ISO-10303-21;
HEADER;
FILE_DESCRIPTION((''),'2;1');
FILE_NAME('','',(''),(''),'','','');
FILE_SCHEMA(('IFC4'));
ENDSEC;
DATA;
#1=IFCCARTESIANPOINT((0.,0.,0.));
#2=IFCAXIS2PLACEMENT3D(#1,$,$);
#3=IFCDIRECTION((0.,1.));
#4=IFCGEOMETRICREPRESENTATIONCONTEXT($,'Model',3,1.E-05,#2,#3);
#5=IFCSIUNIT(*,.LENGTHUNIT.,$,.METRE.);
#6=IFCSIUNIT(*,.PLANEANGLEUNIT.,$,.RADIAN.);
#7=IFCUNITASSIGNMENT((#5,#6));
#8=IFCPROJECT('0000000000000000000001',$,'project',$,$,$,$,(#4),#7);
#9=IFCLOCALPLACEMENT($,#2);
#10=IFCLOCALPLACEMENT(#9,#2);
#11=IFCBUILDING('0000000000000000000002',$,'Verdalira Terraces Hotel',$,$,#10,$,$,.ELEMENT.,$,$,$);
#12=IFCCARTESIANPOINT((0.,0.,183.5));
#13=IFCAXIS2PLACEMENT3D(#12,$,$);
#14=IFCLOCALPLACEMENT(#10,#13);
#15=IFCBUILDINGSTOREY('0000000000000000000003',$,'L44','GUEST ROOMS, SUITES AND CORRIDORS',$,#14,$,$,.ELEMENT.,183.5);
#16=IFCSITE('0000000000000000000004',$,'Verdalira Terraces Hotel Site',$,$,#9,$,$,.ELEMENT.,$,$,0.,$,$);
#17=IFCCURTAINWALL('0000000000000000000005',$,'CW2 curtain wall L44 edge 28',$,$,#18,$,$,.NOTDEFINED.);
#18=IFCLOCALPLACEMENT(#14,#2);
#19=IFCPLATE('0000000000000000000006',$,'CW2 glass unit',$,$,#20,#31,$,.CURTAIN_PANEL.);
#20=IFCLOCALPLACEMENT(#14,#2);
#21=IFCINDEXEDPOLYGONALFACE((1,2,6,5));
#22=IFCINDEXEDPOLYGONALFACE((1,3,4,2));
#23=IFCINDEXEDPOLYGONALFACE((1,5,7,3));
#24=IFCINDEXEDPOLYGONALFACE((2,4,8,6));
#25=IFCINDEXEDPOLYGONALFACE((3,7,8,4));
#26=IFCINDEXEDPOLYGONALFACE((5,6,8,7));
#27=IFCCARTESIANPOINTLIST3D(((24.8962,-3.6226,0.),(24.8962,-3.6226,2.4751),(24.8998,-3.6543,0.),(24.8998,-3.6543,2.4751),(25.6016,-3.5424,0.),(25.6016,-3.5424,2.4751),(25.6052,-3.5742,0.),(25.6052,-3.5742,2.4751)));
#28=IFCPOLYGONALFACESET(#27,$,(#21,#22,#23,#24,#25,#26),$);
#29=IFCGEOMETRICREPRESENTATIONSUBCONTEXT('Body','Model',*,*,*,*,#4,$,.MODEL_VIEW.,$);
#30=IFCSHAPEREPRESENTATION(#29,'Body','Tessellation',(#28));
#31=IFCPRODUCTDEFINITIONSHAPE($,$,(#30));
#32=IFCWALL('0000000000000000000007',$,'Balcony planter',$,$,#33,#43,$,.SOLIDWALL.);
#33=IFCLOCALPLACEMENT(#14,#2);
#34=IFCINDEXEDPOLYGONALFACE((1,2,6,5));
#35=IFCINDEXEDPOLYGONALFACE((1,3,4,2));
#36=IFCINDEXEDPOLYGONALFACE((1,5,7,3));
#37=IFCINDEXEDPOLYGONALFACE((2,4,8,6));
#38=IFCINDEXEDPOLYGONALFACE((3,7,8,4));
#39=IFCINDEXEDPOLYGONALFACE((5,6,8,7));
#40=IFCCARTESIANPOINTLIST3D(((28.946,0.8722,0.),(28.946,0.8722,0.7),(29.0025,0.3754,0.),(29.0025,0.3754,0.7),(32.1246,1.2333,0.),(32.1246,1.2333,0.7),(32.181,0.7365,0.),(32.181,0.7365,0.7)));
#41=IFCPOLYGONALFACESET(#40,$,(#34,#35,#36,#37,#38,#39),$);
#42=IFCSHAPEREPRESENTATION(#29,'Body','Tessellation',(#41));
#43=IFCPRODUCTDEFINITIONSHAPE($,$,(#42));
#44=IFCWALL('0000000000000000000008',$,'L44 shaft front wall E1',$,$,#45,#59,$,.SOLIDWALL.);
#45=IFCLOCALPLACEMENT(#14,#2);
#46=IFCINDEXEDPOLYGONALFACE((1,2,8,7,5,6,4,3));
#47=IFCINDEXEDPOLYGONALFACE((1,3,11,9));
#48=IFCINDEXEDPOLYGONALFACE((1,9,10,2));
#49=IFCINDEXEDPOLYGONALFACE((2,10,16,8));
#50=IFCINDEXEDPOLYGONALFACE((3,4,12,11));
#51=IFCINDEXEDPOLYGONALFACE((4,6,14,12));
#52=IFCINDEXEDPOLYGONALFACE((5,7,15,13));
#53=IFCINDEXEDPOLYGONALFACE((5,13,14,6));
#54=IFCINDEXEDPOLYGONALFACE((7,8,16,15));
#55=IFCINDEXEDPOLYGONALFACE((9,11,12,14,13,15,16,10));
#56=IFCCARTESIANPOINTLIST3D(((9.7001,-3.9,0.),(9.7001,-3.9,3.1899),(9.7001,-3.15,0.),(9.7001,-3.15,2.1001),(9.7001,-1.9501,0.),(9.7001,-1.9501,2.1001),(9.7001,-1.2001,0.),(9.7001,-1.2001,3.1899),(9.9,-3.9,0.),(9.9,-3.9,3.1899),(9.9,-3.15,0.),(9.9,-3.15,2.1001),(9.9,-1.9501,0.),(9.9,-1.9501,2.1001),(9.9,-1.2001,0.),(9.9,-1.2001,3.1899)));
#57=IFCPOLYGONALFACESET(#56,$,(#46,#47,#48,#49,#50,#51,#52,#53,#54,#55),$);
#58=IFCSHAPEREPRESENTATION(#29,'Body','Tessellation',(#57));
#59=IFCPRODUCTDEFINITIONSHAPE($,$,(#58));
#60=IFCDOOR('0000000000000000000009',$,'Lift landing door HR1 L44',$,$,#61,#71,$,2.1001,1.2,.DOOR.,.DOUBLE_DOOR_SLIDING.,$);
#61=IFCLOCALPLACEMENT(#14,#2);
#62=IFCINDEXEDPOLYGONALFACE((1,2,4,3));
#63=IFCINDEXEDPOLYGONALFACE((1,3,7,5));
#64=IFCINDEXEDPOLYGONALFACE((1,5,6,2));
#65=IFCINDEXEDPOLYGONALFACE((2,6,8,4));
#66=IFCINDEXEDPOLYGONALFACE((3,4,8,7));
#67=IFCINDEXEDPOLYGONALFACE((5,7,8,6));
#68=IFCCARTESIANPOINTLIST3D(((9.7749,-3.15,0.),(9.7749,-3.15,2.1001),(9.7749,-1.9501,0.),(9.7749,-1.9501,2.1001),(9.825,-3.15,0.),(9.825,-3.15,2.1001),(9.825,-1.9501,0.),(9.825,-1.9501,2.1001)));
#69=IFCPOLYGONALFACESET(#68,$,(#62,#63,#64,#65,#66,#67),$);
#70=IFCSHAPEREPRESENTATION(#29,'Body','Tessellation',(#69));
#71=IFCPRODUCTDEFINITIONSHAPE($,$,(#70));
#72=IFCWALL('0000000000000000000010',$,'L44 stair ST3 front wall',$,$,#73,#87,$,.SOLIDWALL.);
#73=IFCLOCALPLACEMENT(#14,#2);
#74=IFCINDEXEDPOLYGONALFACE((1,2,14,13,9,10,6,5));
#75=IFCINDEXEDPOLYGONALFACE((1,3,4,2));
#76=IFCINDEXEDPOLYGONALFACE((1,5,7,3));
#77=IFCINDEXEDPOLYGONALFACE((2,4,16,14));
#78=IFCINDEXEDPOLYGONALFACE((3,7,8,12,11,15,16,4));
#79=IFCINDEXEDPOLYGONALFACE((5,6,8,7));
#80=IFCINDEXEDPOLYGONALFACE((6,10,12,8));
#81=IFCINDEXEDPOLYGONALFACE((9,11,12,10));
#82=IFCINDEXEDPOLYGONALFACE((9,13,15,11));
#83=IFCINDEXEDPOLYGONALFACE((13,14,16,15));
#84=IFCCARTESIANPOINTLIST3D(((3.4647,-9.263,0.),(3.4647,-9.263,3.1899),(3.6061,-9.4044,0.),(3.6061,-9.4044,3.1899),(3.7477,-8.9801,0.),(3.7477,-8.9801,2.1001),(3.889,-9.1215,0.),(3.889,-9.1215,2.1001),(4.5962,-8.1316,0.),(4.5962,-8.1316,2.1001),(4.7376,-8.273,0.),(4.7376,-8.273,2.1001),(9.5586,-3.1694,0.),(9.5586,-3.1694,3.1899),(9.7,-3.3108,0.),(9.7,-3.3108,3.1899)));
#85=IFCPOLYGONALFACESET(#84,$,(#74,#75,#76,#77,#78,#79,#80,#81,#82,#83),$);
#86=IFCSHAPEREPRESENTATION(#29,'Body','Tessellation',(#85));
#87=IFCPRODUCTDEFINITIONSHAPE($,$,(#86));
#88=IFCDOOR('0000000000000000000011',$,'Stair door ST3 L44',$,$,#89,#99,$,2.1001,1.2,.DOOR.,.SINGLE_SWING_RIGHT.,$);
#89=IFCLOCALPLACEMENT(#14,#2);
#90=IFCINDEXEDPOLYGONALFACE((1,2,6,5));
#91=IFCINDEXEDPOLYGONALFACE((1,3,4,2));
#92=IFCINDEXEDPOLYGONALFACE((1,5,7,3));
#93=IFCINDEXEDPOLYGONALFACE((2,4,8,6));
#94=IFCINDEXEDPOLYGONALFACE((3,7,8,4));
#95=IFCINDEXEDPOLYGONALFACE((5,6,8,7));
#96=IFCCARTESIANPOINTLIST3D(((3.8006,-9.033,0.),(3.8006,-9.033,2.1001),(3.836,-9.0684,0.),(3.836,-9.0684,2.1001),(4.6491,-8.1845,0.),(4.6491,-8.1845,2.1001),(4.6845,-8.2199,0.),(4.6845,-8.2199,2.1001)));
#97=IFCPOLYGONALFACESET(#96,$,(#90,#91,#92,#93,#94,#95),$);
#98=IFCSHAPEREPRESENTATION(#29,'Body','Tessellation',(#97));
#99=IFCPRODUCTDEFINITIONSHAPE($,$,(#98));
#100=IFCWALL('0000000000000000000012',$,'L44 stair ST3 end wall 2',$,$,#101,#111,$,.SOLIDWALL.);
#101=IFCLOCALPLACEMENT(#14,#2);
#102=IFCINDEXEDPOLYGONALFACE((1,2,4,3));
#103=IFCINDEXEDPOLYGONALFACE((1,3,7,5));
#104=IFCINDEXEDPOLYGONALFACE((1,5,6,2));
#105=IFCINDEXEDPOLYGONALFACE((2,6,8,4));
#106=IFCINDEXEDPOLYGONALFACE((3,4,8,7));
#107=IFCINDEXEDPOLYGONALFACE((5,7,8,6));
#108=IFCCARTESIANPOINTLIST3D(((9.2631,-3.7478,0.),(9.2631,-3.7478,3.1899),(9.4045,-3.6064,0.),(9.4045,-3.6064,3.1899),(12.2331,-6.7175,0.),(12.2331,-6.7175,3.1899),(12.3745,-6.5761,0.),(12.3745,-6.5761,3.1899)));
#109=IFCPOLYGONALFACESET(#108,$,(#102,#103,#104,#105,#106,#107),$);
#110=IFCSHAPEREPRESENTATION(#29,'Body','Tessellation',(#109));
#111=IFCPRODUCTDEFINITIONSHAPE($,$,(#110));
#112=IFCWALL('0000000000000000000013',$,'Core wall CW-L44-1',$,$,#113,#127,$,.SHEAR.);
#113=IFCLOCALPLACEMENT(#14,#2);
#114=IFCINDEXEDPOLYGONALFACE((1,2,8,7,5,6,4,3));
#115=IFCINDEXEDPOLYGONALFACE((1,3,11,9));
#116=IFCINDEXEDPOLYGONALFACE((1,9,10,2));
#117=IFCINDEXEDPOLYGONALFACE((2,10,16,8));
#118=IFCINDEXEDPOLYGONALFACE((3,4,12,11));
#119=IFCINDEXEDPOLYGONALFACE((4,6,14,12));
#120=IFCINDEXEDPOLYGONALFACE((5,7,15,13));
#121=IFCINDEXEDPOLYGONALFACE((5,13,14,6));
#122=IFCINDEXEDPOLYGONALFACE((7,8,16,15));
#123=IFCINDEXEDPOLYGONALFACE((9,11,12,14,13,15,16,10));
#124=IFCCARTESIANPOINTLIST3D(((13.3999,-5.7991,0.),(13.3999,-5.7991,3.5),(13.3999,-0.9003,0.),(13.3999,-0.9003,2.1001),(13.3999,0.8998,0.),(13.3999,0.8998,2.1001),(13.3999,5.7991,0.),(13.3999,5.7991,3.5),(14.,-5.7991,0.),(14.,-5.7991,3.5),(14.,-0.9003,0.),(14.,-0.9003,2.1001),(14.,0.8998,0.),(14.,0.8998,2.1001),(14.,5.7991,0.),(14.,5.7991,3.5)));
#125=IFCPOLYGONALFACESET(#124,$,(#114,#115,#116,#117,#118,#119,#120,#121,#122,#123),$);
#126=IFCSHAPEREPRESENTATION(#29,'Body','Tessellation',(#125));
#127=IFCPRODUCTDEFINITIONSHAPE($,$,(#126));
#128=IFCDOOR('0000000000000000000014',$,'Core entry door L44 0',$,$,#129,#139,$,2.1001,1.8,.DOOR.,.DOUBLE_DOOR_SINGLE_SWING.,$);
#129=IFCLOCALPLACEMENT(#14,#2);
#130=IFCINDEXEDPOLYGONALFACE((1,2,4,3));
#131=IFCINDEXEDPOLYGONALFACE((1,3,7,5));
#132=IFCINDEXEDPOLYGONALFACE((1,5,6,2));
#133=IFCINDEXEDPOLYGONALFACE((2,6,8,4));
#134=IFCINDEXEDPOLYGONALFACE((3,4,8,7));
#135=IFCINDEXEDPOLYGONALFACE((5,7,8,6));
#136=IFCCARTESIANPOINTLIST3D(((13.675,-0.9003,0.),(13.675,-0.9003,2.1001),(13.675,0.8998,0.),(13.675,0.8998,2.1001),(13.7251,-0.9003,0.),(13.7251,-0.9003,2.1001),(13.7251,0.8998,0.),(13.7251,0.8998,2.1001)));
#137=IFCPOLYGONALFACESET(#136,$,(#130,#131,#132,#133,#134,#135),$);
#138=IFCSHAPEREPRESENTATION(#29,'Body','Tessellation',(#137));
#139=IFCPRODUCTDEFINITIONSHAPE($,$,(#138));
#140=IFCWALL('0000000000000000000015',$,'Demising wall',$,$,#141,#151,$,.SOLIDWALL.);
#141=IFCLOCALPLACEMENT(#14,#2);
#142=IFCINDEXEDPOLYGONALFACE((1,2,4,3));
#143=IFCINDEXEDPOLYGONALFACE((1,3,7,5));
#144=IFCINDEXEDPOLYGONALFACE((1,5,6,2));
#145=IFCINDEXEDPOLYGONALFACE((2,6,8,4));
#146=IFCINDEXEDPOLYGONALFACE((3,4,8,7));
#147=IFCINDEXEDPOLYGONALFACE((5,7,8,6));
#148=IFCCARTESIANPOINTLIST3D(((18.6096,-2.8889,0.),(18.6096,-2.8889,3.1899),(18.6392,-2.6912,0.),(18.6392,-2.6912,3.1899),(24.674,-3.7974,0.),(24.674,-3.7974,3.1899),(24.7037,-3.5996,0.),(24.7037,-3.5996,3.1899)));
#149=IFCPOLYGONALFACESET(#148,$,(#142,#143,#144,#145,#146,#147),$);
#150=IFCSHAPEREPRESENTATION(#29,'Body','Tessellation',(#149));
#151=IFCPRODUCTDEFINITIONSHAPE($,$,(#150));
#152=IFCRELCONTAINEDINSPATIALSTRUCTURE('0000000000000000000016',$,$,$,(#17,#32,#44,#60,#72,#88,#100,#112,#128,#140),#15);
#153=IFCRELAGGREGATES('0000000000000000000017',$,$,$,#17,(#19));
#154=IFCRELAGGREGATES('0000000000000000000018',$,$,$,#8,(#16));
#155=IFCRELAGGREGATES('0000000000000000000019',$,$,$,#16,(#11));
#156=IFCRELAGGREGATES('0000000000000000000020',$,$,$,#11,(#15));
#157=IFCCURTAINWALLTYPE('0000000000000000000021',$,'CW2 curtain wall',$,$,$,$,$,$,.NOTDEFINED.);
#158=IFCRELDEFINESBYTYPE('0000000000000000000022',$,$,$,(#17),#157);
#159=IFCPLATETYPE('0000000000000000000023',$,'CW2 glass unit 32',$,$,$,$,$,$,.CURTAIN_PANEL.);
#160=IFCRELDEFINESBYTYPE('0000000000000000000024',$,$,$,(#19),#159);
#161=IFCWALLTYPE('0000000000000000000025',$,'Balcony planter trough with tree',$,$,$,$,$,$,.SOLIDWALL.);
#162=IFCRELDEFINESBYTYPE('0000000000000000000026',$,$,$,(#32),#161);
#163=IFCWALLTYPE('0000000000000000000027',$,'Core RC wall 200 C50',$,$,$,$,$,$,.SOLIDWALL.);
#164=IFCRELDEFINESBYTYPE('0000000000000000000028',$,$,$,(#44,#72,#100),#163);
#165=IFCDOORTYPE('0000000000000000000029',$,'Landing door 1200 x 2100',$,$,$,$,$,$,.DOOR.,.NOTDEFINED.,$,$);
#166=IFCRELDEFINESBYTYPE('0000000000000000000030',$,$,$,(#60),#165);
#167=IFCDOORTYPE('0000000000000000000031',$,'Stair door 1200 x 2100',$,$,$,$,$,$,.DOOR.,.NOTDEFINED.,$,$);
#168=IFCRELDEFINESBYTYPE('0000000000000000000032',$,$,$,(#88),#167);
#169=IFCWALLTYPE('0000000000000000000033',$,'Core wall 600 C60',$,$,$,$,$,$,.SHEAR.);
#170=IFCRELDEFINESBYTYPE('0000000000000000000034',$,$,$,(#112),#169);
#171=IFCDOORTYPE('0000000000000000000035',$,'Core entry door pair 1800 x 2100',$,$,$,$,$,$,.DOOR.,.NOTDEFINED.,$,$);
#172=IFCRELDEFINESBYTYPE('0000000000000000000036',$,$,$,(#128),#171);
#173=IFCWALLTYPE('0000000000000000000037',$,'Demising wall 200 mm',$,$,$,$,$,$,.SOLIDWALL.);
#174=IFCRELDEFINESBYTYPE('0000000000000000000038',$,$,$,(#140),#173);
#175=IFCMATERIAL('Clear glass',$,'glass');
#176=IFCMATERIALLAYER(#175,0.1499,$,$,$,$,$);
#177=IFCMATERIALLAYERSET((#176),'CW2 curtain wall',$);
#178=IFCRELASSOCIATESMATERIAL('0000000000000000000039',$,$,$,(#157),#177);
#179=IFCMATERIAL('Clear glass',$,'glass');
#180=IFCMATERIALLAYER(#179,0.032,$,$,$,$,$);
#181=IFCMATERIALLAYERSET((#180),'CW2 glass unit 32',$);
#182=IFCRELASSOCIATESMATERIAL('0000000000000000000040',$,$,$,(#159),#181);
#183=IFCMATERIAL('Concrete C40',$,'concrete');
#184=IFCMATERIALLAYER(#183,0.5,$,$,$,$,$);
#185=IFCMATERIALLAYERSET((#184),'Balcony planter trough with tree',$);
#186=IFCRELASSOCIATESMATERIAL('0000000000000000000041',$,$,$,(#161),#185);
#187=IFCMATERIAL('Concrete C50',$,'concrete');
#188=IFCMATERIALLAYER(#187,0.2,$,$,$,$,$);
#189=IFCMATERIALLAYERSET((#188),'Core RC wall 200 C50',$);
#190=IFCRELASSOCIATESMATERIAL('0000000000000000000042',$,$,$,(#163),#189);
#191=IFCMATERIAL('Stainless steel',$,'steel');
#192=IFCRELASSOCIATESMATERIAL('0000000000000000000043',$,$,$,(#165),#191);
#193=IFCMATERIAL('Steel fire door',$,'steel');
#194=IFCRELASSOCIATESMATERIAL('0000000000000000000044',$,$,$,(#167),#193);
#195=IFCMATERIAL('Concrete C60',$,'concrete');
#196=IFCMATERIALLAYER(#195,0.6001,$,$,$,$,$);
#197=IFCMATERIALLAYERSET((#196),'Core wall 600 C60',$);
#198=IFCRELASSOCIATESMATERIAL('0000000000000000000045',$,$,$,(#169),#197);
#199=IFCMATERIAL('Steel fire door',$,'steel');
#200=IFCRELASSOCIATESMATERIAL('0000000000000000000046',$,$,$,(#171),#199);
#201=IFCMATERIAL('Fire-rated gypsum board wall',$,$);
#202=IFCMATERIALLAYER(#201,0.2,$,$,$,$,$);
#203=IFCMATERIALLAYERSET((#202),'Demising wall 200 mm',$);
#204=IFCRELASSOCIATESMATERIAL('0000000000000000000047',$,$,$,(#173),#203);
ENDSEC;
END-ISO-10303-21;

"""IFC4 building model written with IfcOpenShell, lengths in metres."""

from ifc_helpers import new_model, si_unit, direction, frame, frame_2d, origin, origin_2d, place, context, subcontext, project, spatial, rectangle, extrude, material, layer, layer_set, type_object, element, fill, aggregate, save


model = new_model("IFC4")

# Units and contexts
model_context = context("Model", 3, precision=1e-05, world=origin(), true_north=direction((0.0, 1.0)))
body_context = subcontext(model_context, "Body", "Model", "MODEL_VIEW")
ifc_project = project(units=[si_unit("LENGTHUNIT", "METRE"), si_unit("PLANEANGLEUNIT", "RADIAN")], contexts=[model_context])

# Site, building, storey
site_placement = place(None, origin())
site = spatial("IfcSite", under=ifc_project, at=site_placement, Name="Verdalira Terraces Hotel Site", CompositionType="ELEMENT", RefElevation=0.0)
building_placement = place(site_placement, origin())
building = spatial("IfcBuilding", under=site, at=building_placement, Name="Verdalira Terraces Hotel", CompositionType="ELEMENT")
storey_placement = place(building_placement, frame((0.0, 0.0, 183.5)))
storey = spatial("IfcBuildingStorey", under=building, at=storey_placement, Name="L44", Description="GUEST ROOMS, SUITES AND CORRIDORS", CompositionType="ELEMENT", Elevation=183.5)

# Curtain wall
ifc_material_1 = material(Name="Clear glass", Category="glass")
ifc_layer_1 = layer(ifc_material_1, 0.1499)
ifc_layer_set_1 = layer_set([ifc_layer_1], Name="CW2 curtain wall")
curtain_wall_type_1 = type_object("IfcCurtainWallType", Name="CW2 curtain wall", PredefinedType="NOTDEFINED", material=ifc_layer_set_1)
curtain_wall_1_placement = place(storey_placement, origin())
curtain_wall_1 = element("IfcCurtainWall", 1, at=curtain_wall_1_placement, inside=storey, type_object=curtain_wall_type_1, Name="CW2 curtain wall L44 edge 28", PredefinedType="NOTDEFINED")

# Plate
ifc_material_2 = material(Name="Clear glass", Category="glass")
ifc_layer_2 = layer(ifc_material_2, 0.032)
ifc_layer_set_2 = layer_set([ifc_layer_2], Name="CW2 glass unit 32")
plate_type_1 = type_object("IfcPlateType", Name="CW2 glass unit 32", PredefinedType="CURTAIN_PANEL", material=ifc_layer_set_2)
plate_1_placement = place(storey_placement, frame((25.2507, -3.5984, 0.0), z_axis=(0.0, 0.0, 1.0), x_axis=(0.993611, 0.112856, 0.0)))
plate_1 = element("IfcPlate", 2, at=plate_1_placement, type_object=plate_type_1, Name="CW2 glass unit", PredefinedType="CURTAIN_PANEL", context=body_context, shape_type="SweptSolid", body=[
    extrude(rectangle(XDim=0.71, YDim=0.032, at=origin_2d()), origin(), (0.0, 0.0, 1.0), 2.4751),
])
aggregate(curtain_wall_1, [plate_1])

# Wall
ifc_material_3 = material(Name="Concrete C40", Category="concrete")
ifc_layer_3 = layer(ifc_material_3, 0.5)
ifc_layer_set_3 = layer_set([ifc_layer_3], Name="Balcony planter trough with tree")
wall_type_1 = type_object("IfcWallType", Name="Balcony planter trough with tree", PredefinedType="SOLIDWALL", material=ifc_layer_set_3)
wall_1_placement = place(storey_placement, frame((28.9741, 0.6238, 0.0), z_axis=(0.0, 0.0, 1.0), x_axis=(0.993609, 0.112877, 0.0)))
element("IfcWall", 3, at=wall_1_placement, inside=storey, type_object=wall_type_1, Name="Balcony planter", PredefinedType="SOLIDWALL", context=body_context, shape_type="SweptSolid", body=[
    extrude(rectangle(XDim=3.199, YDim=0.5, at=frame_2d((1.5996, 0.0))), origin(), (0.0, 0.0, 1.0), 0.7),
])

# Walls, openings, doors
ifc_material_4 = material(Name="Concrete C50", Category="concrete")
ifc_layer_4 = layer(ifc_material_4, 0.2)
ifc_layer_set_4 = layer_set([ifc_layer_4], Name="Core RC wall 200 C50")
wall_type_2 = type_object("IfcWallType", Name="Core RC wall 200 C50", PredefinedType="SOLIDWALL", material=ifc_layer_set_4)
wall_2_placement = place(storey_placement, frame((9.8, -1.2, 0.0), z_axis=(0.0, 0.0, 1.0), x_axis=(0.0, -1.0, 0.0)))
wall_2 = element("IfcWall", 4, at=wall_2_placement, inside=storey, type_object=wall_type_2, Name="L44 shaft front wall E1", PredefinedType="SOLIDWALL", context=body_context, shape_type="SweptSolid", body=[
    extrude(rectangle(XDim=2.7, YDim=0.2, at=frame_2d((1.3501, 0.0))), origin(), (0.0, 0.0, 1.0), 3.1899),
])
opening_1_placement = place(wall_2_placement, frame((0.75, 0.0, 0.0)))
opening_1 = element("IfcOpeningElement", 5, at=opening_1_placement, cuts=wall_2, PredefinedType="OPENING", context=body_context, shape_type="SweptSolid", body=[
    extrude(rectangle(XDim=1.2, YDim=2.1001, at=frame_2d((0.6001, 1.05))), frame((0.0, 0.1099, 0.0), z_axis=(0.0, -1.0, 0.0), x_axis=(1.0, 0.0, 0.0)), (0.0, 0.0, 1.0), 0.22),
])
ifc_material_5 = material(Name="Stainless steel", Category="steel")
door_type_1 = type_object("IfcDoorType", Name="Landing door 1200 x 2100", OperationType="NOTDEFINED", PredefinedType="DOOR", material=ifc_material_5)
door_1_placement = place(opening_1_placement, origin())
door_1 = element("IfcDoor", 6, at=door_1_placement, inside=storey, type_object=door_type_1, Name="Lift landing door HR1 L44", OperationType="DOUBLE_DOOR_SLIDING", OverallHeight=2.1001, OverallWidth=1.2, PredefinedType="DOOR", context=body_context, shape_type="SweptSolid", body=[
    extrude(rectangle(XDim=1.2, YDim=2.1001, at=frame_2d((0.6001, 1.05))), frame((0.0, 0.0249, 0.0), z_axis=(0.0, -1.0, 0.0), x_axis=(1.0, 0.0, 0.0)), (0.0, 0.0, 1.0), 0.05),
])
fill(opening_1, door_1)
wall_3_placement = place(storey_placement, frame((9.6294, -3.24, 0.0), z_axis=(0.0, 0.0, 1.0), x_axis=(-0.707121, -0.707093, 0.0)))
wall_3 = element("IfcWall", 7, at=wall_3_placement, inside=storey, type_object=wall_type_2, Name="L44 stair ST3 front wall", PredefinedType="SOLIDWALL", context=body_context, shape_type="SweptSolid", body=[
    extrude(rectangle(XDim=8.6179, YDim=0.2, at=frame_2d((4.3091, 0.0))), origin(), (0.0, 0.0, 1.0), 3.1899),
])
opening_2_placement = place(wall_3_placement, frame((7.0178, 0.0, 0.0)))
opening_2 = element("IfcOpeningElement", 8, at=opening_2_placement, cuts=wall_3, PredefinedType="OPENING", context=body_context, shape_type="SweptSolid", body=[
    extrude(rectangle(XDim=1.2, YDim=2.1001, at=frame_2d((0.6001, 1.05))), frame((0.0, 0.1099, 0.0), z_axis=(0.0, -1.0, 0.0), x_axis=(1.0, 0.0, 0.0)), (0.0, 0.0, 1.0), 0.22),
])
ifc_material_6 = material(Name="Steel fire door", Category="steel")
door_type_2 = type_object("IfcDoorType", Name="Stair door 1200 x 2100", OperationType="NOTDEFINED", PredefinedType="DOOR", material=ifc_material_6)
door_2_placement = place(opening_2_placement, origin())
door_2 = element("IfcDoor", 9, at=door_2_placement, inside=storey, type_object=door_type_2, Name="Stair door ST3 L44", OperationType="SINGLE_SWING_RIGHT", OverallHeight=2.1001, OverallWidth=1.2, PredefinedType="DOOR", context=body_context, shape_type="SweptSolid", body=[
    extrude(rectangle(XDim=1.2, YDim=2.1001, at=frame_2d((0.6001, 1.05))), frame((0.0, 0.0249, 0.0), z_axis=(0.0, -1.0, 0.0), x_axis=(1.0, 0.0, 0.0)), (0.0, 0.0, 1.0), 0.05),
])
fill(opening_2, door_2)

# Wall
wall_4_placement = place(storey_placement, frame((9.3337, -3.677, 0.0), z_axis=(0.0, 0.0, 1.0), x_axis=(0.707136, -0.707078, 0.0)))
element("IfcWall", 10, at=wall_4_placement, inside=storey, type_object=wall_type_2, Name="L44 stair ST3 end wall 2", PredefinedType="SOLIDWALL", context=body_context, shape_type="SweptSolid", body=[
    extrude(rectangle(XDim=4.2, YDim=0.2, at=frame_2d((2.1001, 0.0))), origin(), (0.0, 0.0, 1.0), 3.1899),
])

# Wall, opening, door
ifc_material_7 = material(Name="Concrete C60", Category="concrete")
ifc_layer_5 = layer(ifc_material_7, 0.6001)
ifc_layer_set_5 = layer_set([ifc_layer_5], Name="Core wall 600 C60")
wall_type_3 = type_object("IfcWallType", Name="Core wall 600 C60", PredefinedType="SHEAR", material=ifc_layer_set_5)
wall_5_placement = place(storey_placement, frame((13.7, -5.7991, 0.0), z_axis=(0.0, 0.0, 1.0), x_axis=(0.0, 1.0, 0.0)))
wall_5 = element("IfcWall", 11, at=wall_5_placement, inside=storey, type_object=wall_type_3, Name="Core wall CW-L44-1", PredefinedType="SHEAR", context=body_context, shape_type="SweptSolid", body=[
    extrude(rectangle(XDim=11.5981, YDim=0.6001, at=frame_2d((5.7991, 0.0))), origin(), (0.0, 0.0, 1.0), 3.5),
])
opening_3_placement = place(wall_5_placement, frame((4.8989, 0.0, 0.0)))
opening_3 = element("IfcOpeningElement", 12, at=opening_3_placement, cuts=wall_5, PredefinedType="OPENING", context=body_context, shape_type="SweptSolid", body=[
    extrude(rectangle(XDim=1.8, YDim=2.1001, at=frame_2d((0.8999, 1.05))), frame((0.0, 0.3101, 0.0), z_axis=(0.0, -1.0, 0.0), x_axis=(1.0, 0.0, 0.0)), (0.0, 0.0, 1.0), 0.6201),
])
ifc_material_8 = material(Name="Steel fire door", Category="steel")
door_type_3 = type_object("IfcDoorType", Name="Core entry door pair 1800 x 2100", OperationType="NOTDEFINED", PredefinedType="DOOR", material=ifc_material_8)
door_3_placement = place(opening_3_placement, origin())
door_3 = element("IfcDoor", 13, at=door_3_placement, inside=storey, type_object=door_type_3, Name="Core entry door L44 0", OperationType="DOUBLE_DOOR_SINGLE_SWING", OverallHeight=2.1001, OverallWidth=1.8, PredefinedType="DOOR", context=body_context, shape_type="SweptSolid", body=[
    extrude(rectangle(XDim=1.8, YDim=2.1001, at=frame_2d((0.8999, 1.05))), frame((0.0, 0.0249, 0.0), z_axis=(0.0, -1.0, 0.0), x_axis=(1.0, 0.0, 0.0)), (0.0, 0.0, 1.0), 0.05),
])
fill(opening_3, door_3)

# Wall
ifc_material_9 = material(Name="Fire-rated gypsum board wall")
ifc_layer_6 = layer(ifc_material_9, 0.2)
ifc_layer_set_6 = layer_set([ifc_layer_6], Name="Demising wall 200 mm")
wall_type_4 = type_object("IfcWallType", Name="Demising wall 200 mm", PredefinedType="SOLIDWALL", material=ifc_layer_set_6)
wall_6_placement = place(storey_placement, frame((24.6887, -3.6985, 0.0), z_axis=(0.0, 0.0, 1.0), x_axis=(-0.988966, 0.148146, 0.0)))
element("IfcWall", 14, at=wall_6_placement, inside=storey, type_object=wall_type_4, Name="Demising wall", PredefinedType="SOLIDWALL", context=body_context, shape_type="SweptSolid", body=[
    extrude(rectangle(XDim=6.1321, YDim=0.2, at=frame_2d((3.0659, 0.0))), origin(), (0.0, 0.0, 1.0), 3.1899),
])

save(model, "model.ifc")
